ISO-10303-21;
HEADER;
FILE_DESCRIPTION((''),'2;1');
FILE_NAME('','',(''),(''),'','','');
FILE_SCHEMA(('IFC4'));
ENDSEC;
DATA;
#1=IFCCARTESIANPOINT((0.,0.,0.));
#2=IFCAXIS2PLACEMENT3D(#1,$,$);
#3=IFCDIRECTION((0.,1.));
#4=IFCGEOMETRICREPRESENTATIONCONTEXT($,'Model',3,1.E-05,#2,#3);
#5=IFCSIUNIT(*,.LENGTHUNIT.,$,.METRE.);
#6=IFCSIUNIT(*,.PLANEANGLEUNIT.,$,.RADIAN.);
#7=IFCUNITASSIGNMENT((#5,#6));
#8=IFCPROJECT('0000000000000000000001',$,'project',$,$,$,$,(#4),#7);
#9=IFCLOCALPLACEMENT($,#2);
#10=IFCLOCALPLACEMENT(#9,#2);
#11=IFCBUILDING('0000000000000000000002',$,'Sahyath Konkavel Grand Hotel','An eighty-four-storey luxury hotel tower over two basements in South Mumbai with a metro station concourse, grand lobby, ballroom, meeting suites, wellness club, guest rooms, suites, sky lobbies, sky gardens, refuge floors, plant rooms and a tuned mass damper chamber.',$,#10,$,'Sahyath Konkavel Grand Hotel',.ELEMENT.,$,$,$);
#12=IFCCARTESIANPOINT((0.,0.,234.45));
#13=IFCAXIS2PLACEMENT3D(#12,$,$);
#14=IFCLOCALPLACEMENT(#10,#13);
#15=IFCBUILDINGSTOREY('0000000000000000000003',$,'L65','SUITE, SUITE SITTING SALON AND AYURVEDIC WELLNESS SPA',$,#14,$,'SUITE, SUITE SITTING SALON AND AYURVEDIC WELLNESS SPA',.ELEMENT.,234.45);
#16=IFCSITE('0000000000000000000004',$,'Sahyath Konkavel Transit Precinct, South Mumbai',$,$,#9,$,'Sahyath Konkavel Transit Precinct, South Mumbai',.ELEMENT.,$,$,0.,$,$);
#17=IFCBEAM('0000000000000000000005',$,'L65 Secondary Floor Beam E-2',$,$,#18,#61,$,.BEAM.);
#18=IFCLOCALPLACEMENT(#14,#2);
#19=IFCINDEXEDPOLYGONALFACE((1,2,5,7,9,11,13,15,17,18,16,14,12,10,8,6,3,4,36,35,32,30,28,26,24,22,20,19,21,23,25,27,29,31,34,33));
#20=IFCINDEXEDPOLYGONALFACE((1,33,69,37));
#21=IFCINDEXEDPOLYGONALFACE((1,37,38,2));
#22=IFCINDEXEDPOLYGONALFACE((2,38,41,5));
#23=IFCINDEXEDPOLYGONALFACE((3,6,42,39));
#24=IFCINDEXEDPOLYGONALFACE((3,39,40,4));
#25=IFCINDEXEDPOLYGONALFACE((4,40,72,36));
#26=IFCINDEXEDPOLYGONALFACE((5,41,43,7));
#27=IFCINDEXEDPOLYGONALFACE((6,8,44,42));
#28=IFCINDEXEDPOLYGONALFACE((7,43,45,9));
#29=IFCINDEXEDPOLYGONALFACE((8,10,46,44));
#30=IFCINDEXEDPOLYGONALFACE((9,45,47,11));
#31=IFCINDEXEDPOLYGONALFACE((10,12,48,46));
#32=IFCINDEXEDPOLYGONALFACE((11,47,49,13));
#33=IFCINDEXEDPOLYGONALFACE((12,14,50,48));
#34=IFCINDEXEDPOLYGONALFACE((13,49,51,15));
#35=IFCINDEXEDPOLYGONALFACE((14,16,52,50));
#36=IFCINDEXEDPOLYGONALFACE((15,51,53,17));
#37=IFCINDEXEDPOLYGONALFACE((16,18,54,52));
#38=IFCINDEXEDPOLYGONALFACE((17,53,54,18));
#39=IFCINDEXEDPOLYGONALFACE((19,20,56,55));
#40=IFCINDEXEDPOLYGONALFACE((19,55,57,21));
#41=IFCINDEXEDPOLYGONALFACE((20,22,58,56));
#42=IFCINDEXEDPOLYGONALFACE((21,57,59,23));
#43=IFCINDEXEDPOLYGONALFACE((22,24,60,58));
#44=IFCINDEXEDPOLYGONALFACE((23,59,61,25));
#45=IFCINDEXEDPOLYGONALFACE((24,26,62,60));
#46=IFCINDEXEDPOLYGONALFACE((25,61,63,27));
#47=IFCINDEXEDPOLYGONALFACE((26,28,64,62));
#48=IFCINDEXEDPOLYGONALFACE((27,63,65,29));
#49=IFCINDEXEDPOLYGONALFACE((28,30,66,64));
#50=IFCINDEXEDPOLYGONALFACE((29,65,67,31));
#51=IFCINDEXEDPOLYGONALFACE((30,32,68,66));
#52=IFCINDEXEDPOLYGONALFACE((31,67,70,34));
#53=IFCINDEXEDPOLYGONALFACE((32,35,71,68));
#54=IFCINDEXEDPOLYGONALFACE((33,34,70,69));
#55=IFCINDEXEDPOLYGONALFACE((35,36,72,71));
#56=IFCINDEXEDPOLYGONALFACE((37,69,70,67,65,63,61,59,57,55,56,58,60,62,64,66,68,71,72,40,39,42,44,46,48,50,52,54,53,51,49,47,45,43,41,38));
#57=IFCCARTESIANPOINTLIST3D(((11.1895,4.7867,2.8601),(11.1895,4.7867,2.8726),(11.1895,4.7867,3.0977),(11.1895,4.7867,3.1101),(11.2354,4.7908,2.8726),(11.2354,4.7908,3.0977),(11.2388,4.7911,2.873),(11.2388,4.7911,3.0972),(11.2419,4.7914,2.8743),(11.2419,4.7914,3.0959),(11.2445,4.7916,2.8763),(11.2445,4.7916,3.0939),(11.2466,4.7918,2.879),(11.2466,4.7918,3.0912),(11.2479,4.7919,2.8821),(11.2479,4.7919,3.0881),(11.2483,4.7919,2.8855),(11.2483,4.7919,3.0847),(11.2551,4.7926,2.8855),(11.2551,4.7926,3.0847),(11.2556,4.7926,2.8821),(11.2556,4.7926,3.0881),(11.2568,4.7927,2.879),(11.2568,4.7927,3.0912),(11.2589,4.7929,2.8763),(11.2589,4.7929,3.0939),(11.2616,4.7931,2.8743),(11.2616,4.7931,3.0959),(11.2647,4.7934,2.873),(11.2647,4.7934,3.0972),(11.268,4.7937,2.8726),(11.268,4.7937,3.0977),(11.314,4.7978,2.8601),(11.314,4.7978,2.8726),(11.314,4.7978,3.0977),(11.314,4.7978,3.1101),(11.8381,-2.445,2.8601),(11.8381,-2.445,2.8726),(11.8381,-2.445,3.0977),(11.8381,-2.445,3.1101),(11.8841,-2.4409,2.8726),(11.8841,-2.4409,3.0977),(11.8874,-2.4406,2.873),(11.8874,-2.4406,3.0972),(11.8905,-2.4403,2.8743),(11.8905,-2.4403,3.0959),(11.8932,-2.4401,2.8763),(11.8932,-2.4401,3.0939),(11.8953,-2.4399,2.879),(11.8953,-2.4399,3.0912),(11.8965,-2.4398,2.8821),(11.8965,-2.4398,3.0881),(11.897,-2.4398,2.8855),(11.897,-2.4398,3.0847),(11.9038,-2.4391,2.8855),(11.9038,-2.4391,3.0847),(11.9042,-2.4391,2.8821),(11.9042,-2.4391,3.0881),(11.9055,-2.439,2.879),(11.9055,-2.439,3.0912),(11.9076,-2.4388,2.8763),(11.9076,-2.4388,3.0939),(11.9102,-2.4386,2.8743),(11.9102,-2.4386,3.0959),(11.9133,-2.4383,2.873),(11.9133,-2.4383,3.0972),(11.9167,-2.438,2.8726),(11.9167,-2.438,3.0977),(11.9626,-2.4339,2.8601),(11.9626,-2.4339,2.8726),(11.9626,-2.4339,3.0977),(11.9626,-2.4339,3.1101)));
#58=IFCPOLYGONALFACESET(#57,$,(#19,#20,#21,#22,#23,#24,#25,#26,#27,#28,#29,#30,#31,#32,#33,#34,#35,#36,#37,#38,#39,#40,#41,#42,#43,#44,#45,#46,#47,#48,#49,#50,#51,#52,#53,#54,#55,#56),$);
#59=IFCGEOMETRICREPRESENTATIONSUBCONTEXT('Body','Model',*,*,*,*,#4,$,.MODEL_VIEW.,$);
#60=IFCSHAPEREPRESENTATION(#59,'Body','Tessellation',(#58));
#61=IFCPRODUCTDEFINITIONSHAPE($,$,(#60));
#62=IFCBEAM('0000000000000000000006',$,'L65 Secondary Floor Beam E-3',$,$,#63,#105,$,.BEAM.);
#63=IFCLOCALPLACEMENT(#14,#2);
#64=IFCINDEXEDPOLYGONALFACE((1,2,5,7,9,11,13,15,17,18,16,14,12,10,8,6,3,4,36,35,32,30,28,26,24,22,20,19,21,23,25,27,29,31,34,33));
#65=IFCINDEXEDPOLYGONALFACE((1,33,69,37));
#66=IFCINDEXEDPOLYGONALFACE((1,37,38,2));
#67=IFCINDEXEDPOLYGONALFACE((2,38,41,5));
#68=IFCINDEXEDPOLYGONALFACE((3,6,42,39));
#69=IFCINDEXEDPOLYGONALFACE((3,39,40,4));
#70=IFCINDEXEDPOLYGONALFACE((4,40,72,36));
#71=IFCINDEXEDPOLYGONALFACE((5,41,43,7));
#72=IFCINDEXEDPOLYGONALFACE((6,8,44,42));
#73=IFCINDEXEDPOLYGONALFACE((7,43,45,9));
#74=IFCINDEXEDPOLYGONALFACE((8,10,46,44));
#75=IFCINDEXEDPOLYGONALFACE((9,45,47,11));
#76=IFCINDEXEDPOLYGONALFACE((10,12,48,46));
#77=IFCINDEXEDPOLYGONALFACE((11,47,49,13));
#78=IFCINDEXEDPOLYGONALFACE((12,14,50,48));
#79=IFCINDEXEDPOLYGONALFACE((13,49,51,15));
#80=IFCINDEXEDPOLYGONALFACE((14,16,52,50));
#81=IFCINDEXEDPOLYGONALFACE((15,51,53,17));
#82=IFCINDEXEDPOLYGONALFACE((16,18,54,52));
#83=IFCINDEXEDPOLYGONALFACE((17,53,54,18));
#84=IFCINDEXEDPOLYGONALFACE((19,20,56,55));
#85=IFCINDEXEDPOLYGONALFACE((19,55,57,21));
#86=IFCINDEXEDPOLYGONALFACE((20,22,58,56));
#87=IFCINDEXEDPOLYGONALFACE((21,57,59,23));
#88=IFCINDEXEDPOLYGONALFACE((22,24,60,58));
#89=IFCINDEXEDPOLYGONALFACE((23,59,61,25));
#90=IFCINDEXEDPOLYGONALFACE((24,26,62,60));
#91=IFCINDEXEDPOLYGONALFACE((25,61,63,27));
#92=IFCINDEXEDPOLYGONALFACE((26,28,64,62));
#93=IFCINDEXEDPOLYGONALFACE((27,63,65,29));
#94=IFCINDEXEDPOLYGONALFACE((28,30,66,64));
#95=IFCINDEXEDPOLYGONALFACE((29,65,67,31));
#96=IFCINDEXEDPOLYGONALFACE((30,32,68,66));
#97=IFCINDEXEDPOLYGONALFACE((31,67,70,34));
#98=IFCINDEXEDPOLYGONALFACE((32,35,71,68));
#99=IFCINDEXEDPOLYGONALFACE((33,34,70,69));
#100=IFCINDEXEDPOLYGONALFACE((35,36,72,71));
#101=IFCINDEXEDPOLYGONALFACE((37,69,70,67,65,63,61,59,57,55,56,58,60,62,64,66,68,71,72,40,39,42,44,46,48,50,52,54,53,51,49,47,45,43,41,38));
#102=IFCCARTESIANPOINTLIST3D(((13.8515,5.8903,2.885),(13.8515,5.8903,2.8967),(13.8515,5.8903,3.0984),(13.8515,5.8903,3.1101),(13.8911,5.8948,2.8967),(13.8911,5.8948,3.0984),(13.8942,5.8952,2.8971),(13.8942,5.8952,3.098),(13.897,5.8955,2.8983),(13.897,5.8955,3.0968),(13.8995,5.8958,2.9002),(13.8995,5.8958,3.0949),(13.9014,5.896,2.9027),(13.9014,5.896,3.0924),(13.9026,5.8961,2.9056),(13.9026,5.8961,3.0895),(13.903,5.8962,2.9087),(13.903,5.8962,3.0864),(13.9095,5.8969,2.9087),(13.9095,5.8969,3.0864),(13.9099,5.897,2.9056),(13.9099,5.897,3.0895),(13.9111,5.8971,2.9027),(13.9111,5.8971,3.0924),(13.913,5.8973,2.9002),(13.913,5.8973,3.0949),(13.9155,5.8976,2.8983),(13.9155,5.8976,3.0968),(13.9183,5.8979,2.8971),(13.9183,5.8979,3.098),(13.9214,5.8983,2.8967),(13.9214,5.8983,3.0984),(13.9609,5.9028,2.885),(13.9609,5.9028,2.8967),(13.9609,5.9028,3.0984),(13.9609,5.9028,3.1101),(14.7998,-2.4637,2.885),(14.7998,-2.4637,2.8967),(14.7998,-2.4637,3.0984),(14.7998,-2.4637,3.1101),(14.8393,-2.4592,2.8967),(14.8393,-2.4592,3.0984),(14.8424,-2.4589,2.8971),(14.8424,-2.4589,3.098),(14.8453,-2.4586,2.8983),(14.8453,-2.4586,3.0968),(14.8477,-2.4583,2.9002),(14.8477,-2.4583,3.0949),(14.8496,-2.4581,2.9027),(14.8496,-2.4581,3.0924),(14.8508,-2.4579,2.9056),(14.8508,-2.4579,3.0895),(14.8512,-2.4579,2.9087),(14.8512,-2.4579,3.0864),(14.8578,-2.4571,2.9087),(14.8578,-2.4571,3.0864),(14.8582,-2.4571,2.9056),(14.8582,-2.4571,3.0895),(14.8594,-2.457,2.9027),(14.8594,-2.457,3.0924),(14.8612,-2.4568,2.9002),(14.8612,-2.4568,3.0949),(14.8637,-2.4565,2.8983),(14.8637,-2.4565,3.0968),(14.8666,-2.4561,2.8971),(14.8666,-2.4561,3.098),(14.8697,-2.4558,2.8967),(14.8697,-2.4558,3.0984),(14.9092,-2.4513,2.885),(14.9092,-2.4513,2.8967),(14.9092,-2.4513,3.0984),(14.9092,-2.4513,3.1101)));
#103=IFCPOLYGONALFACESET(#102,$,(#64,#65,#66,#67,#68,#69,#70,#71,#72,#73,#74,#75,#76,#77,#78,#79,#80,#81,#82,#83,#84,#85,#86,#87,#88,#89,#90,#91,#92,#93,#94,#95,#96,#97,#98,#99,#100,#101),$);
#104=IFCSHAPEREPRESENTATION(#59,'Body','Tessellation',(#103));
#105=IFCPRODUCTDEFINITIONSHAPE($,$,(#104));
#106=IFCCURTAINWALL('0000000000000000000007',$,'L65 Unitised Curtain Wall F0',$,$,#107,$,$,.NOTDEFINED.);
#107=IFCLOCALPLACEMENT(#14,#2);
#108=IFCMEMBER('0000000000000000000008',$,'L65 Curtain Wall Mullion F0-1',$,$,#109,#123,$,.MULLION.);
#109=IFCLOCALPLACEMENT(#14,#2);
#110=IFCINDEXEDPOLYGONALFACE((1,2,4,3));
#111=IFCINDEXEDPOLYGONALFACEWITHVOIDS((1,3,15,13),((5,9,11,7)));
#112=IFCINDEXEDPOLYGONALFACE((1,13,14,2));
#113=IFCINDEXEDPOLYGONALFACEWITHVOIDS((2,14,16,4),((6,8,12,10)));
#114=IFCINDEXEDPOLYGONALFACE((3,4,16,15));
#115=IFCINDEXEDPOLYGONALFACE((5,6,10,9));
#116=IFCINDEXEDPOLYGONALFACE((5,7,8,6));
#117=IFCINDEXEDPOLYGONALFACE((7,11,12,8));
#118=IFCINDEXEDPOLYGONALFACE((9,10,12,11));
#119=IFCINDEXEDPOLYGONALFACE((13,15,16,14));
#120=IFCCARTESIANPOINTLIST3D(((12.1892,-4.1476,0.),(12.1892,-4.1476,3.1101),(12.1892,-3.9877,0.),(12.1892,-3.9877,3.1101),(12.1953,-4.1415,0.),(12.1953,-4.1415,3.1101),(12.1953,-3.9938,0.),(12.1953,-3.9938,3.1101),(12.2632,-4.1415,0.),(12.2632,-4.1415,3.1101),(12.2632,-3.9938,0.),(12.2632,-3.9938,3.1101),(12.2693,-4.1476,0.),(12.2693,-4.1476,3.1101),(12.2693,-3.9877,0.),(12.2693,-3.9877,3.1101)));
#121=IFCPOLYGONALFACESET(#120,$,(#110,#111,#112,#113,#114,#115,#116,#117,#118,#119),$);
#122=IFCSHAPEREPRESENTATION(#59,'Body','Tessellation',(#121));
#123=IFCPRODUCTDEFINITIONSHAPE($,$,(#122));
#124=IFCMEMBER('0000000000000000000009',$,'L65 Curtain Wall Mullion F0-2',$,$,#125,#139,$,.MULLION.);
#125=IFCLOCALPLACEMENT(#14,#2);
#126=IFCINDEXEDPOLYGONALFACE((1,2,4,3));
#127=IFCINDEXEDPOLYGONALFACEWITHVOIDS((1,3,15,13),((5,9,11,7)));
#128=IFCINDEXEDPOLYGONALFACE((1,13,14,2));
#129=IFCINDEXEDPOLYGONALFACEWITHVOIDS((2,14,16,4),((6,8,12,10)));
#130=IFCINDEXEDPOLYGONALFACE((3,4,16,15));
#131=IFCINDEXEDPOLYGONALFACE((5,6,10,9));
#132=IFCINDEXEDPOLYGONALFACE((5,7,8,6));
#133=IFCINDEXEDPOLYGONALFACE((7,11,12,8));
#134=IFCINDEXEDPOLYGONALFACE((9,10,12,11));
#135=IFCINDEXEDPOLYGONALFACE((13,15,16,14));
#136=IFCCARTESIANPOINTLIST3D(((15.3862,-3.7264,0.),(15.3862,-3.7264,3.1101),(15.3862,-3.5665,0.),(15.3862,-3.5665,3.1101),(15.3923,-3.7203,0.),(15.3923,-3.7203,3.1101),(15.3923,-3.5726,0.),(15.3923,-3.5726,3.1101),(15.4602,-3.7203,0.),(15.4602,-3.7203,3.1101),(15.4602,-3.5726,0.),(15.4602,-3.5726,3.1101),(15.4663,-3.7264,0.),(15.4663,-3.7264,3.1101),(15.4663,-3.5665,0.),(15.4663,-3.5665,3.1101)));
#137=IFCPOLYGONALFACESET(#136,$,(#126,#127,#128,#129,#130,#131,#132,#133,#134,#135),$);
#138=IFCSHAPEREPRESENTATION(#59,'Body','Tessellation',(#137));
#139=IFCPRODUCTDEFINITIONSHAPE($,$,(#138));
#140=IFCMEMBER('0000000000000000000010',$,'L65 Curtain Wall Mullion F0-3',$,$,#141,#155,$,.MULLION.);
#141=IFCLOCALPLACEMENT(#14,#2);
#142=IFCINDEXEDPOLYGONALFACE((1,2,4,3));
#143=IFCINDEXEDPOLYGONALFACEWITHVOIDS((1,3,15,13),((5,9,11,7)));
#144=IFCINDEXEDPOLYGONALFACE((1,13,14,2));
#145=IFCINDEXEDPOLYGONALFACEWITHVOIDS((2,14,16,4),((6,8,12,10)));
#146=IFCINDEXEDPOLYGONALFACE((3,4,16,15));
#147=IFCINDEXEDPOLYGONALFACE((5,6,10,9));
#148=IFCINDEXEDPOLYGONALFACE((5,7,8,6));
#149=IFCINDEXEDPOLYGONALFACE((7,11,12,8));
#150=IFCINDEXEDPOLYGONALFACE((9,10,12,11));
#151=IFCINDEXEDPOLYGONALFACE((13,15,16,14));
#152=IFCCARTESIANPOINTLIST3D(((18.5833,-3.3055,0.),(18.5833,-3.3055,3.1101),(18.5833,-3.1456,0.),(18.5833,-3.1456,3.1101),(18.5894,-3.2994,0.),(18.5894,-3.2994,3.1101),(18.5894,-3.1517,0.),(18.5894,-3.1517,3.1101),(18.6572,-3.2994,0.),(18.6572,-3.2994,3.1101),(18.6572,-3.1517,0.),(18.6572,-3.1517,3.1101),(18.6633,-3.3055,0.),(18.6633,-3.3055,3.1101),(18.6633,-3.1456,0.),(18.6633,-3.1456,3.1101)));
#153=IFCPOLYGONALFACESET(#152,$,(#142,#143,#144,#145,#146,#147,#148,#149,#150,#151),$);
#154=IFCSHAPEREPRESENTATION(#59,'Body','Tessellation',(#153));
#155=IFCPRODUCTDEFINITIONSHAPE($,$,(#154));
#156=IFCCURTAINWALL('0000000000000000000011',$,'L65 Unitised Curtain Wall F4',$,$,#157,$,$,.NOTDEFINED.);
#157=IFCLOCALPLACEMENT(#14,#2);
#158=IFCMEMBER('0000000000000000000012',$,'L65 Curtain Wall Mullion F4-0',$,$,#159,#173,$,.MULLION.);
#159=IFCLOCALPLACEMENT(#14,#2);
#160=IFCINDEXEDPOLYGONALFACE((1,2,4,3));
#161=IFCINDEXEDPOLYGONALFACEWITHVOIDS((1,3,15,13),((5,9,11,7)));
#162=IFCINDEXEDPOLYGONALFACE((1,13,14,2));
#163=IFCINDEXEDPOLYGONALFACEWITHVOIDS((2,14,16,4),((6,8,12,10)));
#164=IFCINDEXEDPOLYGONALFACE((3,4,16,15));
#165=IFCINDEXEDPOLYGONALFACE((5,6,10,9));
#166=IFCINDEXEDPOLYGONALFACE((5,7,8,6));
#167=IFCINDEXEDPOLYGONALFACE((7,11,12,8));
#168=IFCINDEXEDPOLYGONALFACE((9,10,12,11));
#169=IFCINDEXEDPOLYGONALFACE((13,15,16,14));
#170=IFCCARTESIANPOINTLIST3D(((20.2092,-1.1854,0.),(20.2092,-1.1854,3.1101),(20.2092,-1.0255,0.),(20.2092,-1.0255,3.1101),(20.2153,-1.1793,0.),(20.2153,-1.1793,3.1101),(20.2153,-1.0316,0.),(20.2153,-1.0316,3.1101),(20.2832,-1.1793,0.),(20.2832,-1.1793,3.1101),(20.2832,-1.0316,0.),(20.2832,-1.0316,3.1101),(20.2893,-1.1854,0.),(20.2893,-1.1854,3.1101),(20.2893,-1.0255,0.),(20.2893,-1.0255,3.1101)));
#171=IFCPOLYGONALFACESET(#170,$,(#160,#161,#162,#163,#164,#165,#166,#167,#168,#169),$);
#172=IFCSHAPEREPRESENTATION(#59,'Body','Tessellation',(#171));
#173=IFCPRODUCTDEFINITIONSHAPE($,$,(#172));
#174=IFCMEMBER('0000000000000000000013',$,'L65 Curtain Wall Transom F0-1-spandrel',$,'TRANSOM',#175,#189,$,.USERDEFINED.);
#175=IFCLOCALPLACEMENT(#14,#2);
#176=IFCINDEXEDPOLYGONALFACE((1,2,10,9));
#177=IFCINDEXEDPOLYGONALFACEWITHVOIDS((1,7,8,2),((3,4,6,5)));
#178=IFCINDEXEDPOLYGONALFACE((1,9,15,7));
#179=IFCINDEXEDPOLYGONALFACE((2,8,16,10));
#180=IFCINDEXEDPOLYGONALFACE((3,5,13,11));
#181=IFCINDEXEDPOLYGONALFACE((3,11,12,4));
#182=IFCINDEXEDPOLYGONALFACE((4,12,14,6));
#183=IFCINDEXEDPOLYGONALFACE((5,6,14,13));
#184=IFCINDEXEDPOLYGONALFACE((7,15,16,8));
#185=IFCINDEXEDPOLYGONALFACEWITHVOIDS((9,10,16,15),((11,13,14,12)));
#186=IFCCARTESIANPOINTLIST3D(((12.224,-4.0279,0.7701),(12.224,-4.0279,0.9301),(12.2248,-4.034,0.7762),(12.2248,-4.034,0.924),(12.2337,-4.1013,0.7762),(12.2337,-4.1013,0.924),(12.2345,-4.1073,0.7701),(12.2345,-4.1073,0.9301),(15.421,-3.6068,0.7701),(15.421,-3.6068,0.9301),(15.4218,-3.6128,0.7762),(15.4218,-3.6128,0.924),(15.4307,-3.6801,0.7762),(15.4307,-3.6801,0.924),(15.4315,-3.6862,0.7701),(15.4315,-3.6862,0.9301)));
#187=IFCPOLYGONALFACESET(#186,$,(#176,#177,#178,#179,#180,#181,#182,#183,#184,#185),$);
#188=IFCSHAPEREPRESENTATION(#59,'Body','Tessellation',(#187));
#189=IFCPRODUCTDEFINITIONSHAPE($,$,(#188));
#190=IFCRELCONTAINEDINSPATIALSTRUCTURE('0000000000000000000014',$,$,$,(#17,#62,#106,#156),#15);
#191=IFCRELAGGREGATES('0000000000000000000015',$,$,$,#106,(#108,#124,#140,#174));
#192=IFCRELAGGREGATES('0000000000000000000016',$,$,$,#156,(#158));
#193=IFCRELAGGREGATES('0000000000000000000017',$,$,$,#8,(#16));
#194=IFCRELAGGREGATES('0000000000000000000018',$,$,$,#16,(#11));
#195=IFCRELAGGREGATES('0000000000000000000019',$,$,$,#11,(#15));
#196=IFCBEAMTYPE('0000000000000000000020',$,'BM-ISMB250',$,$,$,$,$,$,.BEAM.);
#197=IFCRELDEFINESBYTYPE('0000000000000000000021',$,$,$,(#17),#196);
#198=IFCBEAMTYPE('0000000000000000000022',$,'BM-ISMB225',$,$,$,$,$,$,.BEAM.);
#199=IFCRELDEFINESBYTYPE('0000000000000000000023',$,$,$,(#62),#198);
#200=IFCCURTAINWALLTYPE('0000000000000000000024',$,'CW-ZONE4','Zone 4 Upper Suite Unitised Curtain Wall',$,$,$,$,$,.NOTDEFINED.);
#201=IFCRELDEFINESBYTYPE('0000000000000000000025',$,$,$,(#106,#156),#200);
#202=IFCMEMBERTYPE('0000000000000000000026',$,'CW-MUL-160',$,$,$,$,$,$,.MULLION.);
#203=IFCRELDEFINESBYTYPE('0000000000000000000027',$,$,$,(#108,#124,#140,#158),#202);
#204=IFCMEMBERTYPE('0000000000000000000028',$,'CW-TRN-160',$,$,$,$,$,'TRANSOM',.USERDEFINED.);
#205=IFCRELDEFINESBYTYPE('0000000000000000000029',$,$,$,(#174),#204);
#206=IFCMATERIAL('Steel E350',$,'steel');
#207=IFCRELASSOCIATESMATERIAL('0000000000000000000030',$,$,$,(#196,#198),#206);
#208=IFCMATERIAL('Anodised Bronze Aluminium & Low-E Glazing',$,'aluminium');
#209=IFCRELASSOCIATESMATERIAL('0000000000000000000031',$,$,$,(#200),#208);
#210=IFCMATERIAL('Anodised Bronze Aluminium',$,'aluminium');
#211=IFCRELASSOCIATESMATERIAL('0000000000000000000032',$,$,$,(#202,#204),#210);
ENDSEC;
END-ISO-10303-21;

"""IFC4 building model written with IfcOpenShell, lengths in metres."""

from ifc_helpers import new_model, si_unit, direction, frame, origin, origin_2d, place, context, subcontext, project, spatial, hollow_rectangle, i_section, extrude, source, transform, mapped, material, material_profile, profile_set, type_object, element, aggregate, save


model = new_model("IFC4")

# Units and contexts
model_context = context("Model", 3, precision=1e-05, world=origin(), true_north=direction((0.0, 1.0)))
body_context = subcontext(model_context, "Body", "Model", "MODEL_VIEW")
ifc_project = project(units=[si_unit("LENGTHUNIT", "METRE"), si_unit("PLANEANGLEUNIT", "RADIAN")], contexts=[model_context])

# Site, building, storey
site_placement = place(None, origin())
site = spatial("IfcSite", under=ifc_project, at=site_placement, Name="Sahyath Konkavel Transit Precinct, South Mumbai", LongName="Sahyath Konkavel Transit Precinct, South Mumbai", CompositionType="ELEMENT", RefElevation=0.0)
building_placement = place(site_placement, origin())
building = spatial("IfcBuilding", under=site, at=building_placement, Name="Sahyath Konkavel Grand Hotel", Description="An eighty-four-storey luxury hotel tower over two basements in South Mumbai with a metro station concourse, grand lobby, ballroom, meeting suites, wellness club, guest rooms, suites, sky lobbies, sky gardens, refuge floors, plant rooms and a tuned mass damper chamber.", LongName="Sahyath Konkavel Grand Hotel", CompositionType="ELEMENT")
storey_placement = place(building_placement, frame((0.0, 0.0, 234.45)))
storey = spatial("IfcBuildingStorey", under=building, at=storey_placement, Name="L65", Description="SUITE, SUITE SITTING SALON AND AYURVEDIC WELLNESS SPA", LongName="SUITE, SUITE SITTING SALON AND AYURVEDIC WELLNESS SPA", CompositionType="ELEMENT", Elevation=234.45)

# Beams
ifc_material_1 = material(Name="Steel E350", Category="steel")
ifc_material_profile_1 = material_profile(ifc_material_1, i_section(OverallWidth=0.125, OverallDepth=0.25, WebThickness=0.0068, FlangeThickness=0.0125, FilletRadius=0.0129, at=origin_2d()), Name="ISMB 250")
ifc_profile_set_1 = profile_set([ifc_material_profile_1], Name="Steel E350")
beam_type_1 = type_object("IfcBeamType", Name="BM-ISMB250", PredefinedType="BEAM", material=ifc_profile_set_1)
shared_shape_1 = source(origin(), body_context, "Body", "SweptSolid", [
    extrude(i_section(OverallWidth=0.125, OverallDepth=0.25, WebThickness=0.0068, FlangeThickness=0.0125, FilletRadius=0.0129, at=origin_2d()), origin(), (0.0, 0.0, 1.0), 7.2607),
])
beam_1_placement = place(storey_placement, frame((11.9004, -2.4395, 2.9851), z_axis=(-0.089341, 0.996001, 0.0), x_axis=(-0.996001, -0.089341, 0.0)))
element("IfcBeam", 1, at=beam_1_placement, inside=storey, type_object=beam_type_1, Name="L65 Secondary Floor Beam E-2", PredefinedType="BEAM", context=body_context, shape_type="MappedRepresentation", body=[
    mapped(shared_shape_1, transform((0.0, 0.0, 0.0), scale=1.0)),
])
ifc_material_profile_2 = material_profile(ifc_material_1, i_section(OverallWidth=0.1101, OverallDepth=0.2251, WebThickness=0.0066, FlangeThickness=0.0117, FilletRadius=0.012, at=origin_2d()), Name="ISMB 225")
ifc_profile_set_2 = profile_set([ifc_material_profile_2], Name="Steel E350")
beam_type_2 = type_object("IfcBeamType", Name="BM-ISMB225", PredefinedType="BEAM", material=ifc_profile_set_2)
shared_shape_2 = source(origin(), body_context, "Body", "SweptSolid", [
    extrude(i_section(OverallWidth=0.1101, OverallDepth=0.2251, WebThickness=0.0066, FlangeThickness=0.0117, FilletRadius=0.012, at=origin_2d()), origin(), (0.0, 0.0, 1.0), 8.4077),
])
beam_2_placement = place(storey_placement, frame((14.8545, -2.4575, 2.9976), z_axis=(-0.112783, 0.99362, 0.0), x_axis=(-0.99362, -0.112783, 0.0)))
element("IfcBeam", 2, at=beam_2_placement, inside=storey, type_object=beam_type_2, Name="L65 Secondary Floor Beam E-3", PredefinedType="BEAM", context=body_context, shape_type="MappedRepresentation", body=[
    mapped(shared_shape_2, transform((0.0, 0.0, 0.0), scale=1.0)),
])

# Curtain wall, members
ifc_material_2 = material(Name="Anodised Bronze Aluminium & Low-E Glazing", Category="aluminium")
curtain_wall_type = type_object("IfcCurtainWallType", Name="CW-ZONE4", Description="Zone 4 Upper Suite Unitised Curtain Wall", PredefinedType="NOTDEFINED", material=ifc_material_2)
curtain_wall_1_placement = place(storey_placement, origin())
curtain_wall_1 = element("IfcCurtainWall", 3, at=curtain_wall_1_placement, inside=storey, type_object=curtain_wall_type, Name="L65 Unitised Curtain Wall F0", PredefinedType="NOTDEFINED")
ifc_material_3 = material(Name="Anodised Bronze Aluminium", Category="aluminium")
ifc_material_profile_3 = material_profile(ifc_material_3, hollow_rectangle(XDim=0.0801, YDim=0.1599, WallThickness=0.0061, at=origin_2d()), Name="RHS 160x80x6")
ifc_profile_set_3 = profile_set([ifc_material_profile_3], Name="Anodised Bronze Aluminium")
member_type_1 = type_object("IfcMemberType", Name="CW-MUL-160", PredefinedType="MULLION", material=ifc_profile_set_3)
shared_shape_3 = source(origin(), body_context, "Body", "SweptSolid", [
    extrude(hollow_rectangle(XDim=0.0801, YDim=0.1599, WallThickness=0.0061, at=origin_2d()), origin(), (0.0, 0.0, 1.0), 3.1101),
])
member_1_placement = place(storey_placement, frame((12.2292, -4.0676, 0.0), z_axis=(0.0, 0.0, 1.0), x_axis=(1.0, 0.0, 0.0)))
member_1 = element("IfcMember", 4, at=member_1_placement, type_object=member_type_1, Name="L65 Curtain Wall Mullion F0-1", PredefinedType="MULLION", context=body_context, shape_type="MappedRepresentation", body=[
    mapped(shared_shape_3, transform((0.0, 0.0, 0.0), scale=1.0)),
])
member_2_placement = place(storey_placement, frame((15.4263, -3.6465, 0.0), z_axis=(0.0, 0.0, 1.0), x_axis=(1.0, 0.0, 0.0)))
member_2 = element("IfcMember", 5, at=member_2_placement, type_object=member_type_1, Name="L65 Curtain Wall Mullion F0-2", PredefinedType="MULLION", context=body_context, shape_type="MappedRepresentation", body=[
    mapped(shared_shape_3, transform((0.0, 0.0, 0.0), scale=1.0)),
])
member_3_placement = place(storey_placement, frame((18.6233, -3.2256, 0.0), z_axis=(0.0, 0.0, 1.0), x_axis=(1.0, 0.0, 0.0)))
member_3 = element("IfcMember", 6, at=member_3_placement, type_object=member_type_1, Name="L65 Curtain Wall Mullion F0-3", PredefinedType="MULLION", context=body_context, shape_type="MappedRepresentation", body=[
    mapped(shared_shape_3, transform((0.0, 0.0, 0.0), scale=1.0)),
])

# Curtain wall, member
curtain_wall_2_placement = place(storey_placement, origin())
curtain_wall_2 = element("IfcCurtainWall", 7, at=curtain_wall_2_placement, inside=storey, type_object=curtain_wall_type, Name="L65 Unitised Curtain Wall F4", PredefinedType="NOTDEFINED")
member_4_placement = place(storey_placement, frame((20.2493, -1.1055, 0.0), z_axis=(0.0, 0.0, 1.0), x_axis=(1.0, 0.0, 0.0)))
member_4 = element("IfcMember", 8, at=member_4_placement, type_object=member_type_1, Name="L65 Curtain Wall Mullion F4-0", PredefinedType="MULLION", context=body_context, shape_type="MappedRepresentation", body=[
    mapped(shared_shape_3, transform((0.0, 0.0, 0.0), scale=1.0)),
])

# Member
ifc_material_profile_4 = material_profile(ifc_material_3, hollow_rectangle(XDim=0.0801, YDim=0.1599, WallThickness=0.0061, at=origin_2d()), Name="RHS 160x80x6")
ifc_profile_set_4 = profile_set([ifc_material_profile_4], Name="Anodised Bronze Aluminium")
member_type_2 = type_object("IfcMemberType", Name="CW-TRN-160", ElementType="TRANSOM", PredefinedType="USERDEFINED", material=ifc_profile_set_4)
shared_shape_4 = source(origin(), body_context, "Body", "SweptSolid", [
    extrude(hollow_rectangle(XDim=0.0801, YDim=0.1599, WallThickness=0.0061, at=origin_2d()), origin(), (0.0, 0.0, 1.0), 3.2246),
])
member_5_placement = place(storey_placement, frame((12.2292, -4.0676, 0.8501), z_axis=(0.991435, 0.130601, 0.0), x_axis=(-0.130601, 0.991435, 0.0)))
member_5 = element("IfcMember", 9, at=member_5_placement, type_object=member_type_2, Name="L65 Curtain Wall Transom F0-1-spandrel", ObjectType="TRANSOM", PredefinedType="USERDEFINED", context=body_context, shape_type="MappedRepresentation", body=[
    mapped(shared_shape_4, transform((0.0, 0.0, 0.0), scale=1.0)),
])

aggregate(curtain_wall_1, [member_1, member_2, member_3, member_5])
aggregate(curtain_wall_2, [member_4])

save(model, "model.ifc")
